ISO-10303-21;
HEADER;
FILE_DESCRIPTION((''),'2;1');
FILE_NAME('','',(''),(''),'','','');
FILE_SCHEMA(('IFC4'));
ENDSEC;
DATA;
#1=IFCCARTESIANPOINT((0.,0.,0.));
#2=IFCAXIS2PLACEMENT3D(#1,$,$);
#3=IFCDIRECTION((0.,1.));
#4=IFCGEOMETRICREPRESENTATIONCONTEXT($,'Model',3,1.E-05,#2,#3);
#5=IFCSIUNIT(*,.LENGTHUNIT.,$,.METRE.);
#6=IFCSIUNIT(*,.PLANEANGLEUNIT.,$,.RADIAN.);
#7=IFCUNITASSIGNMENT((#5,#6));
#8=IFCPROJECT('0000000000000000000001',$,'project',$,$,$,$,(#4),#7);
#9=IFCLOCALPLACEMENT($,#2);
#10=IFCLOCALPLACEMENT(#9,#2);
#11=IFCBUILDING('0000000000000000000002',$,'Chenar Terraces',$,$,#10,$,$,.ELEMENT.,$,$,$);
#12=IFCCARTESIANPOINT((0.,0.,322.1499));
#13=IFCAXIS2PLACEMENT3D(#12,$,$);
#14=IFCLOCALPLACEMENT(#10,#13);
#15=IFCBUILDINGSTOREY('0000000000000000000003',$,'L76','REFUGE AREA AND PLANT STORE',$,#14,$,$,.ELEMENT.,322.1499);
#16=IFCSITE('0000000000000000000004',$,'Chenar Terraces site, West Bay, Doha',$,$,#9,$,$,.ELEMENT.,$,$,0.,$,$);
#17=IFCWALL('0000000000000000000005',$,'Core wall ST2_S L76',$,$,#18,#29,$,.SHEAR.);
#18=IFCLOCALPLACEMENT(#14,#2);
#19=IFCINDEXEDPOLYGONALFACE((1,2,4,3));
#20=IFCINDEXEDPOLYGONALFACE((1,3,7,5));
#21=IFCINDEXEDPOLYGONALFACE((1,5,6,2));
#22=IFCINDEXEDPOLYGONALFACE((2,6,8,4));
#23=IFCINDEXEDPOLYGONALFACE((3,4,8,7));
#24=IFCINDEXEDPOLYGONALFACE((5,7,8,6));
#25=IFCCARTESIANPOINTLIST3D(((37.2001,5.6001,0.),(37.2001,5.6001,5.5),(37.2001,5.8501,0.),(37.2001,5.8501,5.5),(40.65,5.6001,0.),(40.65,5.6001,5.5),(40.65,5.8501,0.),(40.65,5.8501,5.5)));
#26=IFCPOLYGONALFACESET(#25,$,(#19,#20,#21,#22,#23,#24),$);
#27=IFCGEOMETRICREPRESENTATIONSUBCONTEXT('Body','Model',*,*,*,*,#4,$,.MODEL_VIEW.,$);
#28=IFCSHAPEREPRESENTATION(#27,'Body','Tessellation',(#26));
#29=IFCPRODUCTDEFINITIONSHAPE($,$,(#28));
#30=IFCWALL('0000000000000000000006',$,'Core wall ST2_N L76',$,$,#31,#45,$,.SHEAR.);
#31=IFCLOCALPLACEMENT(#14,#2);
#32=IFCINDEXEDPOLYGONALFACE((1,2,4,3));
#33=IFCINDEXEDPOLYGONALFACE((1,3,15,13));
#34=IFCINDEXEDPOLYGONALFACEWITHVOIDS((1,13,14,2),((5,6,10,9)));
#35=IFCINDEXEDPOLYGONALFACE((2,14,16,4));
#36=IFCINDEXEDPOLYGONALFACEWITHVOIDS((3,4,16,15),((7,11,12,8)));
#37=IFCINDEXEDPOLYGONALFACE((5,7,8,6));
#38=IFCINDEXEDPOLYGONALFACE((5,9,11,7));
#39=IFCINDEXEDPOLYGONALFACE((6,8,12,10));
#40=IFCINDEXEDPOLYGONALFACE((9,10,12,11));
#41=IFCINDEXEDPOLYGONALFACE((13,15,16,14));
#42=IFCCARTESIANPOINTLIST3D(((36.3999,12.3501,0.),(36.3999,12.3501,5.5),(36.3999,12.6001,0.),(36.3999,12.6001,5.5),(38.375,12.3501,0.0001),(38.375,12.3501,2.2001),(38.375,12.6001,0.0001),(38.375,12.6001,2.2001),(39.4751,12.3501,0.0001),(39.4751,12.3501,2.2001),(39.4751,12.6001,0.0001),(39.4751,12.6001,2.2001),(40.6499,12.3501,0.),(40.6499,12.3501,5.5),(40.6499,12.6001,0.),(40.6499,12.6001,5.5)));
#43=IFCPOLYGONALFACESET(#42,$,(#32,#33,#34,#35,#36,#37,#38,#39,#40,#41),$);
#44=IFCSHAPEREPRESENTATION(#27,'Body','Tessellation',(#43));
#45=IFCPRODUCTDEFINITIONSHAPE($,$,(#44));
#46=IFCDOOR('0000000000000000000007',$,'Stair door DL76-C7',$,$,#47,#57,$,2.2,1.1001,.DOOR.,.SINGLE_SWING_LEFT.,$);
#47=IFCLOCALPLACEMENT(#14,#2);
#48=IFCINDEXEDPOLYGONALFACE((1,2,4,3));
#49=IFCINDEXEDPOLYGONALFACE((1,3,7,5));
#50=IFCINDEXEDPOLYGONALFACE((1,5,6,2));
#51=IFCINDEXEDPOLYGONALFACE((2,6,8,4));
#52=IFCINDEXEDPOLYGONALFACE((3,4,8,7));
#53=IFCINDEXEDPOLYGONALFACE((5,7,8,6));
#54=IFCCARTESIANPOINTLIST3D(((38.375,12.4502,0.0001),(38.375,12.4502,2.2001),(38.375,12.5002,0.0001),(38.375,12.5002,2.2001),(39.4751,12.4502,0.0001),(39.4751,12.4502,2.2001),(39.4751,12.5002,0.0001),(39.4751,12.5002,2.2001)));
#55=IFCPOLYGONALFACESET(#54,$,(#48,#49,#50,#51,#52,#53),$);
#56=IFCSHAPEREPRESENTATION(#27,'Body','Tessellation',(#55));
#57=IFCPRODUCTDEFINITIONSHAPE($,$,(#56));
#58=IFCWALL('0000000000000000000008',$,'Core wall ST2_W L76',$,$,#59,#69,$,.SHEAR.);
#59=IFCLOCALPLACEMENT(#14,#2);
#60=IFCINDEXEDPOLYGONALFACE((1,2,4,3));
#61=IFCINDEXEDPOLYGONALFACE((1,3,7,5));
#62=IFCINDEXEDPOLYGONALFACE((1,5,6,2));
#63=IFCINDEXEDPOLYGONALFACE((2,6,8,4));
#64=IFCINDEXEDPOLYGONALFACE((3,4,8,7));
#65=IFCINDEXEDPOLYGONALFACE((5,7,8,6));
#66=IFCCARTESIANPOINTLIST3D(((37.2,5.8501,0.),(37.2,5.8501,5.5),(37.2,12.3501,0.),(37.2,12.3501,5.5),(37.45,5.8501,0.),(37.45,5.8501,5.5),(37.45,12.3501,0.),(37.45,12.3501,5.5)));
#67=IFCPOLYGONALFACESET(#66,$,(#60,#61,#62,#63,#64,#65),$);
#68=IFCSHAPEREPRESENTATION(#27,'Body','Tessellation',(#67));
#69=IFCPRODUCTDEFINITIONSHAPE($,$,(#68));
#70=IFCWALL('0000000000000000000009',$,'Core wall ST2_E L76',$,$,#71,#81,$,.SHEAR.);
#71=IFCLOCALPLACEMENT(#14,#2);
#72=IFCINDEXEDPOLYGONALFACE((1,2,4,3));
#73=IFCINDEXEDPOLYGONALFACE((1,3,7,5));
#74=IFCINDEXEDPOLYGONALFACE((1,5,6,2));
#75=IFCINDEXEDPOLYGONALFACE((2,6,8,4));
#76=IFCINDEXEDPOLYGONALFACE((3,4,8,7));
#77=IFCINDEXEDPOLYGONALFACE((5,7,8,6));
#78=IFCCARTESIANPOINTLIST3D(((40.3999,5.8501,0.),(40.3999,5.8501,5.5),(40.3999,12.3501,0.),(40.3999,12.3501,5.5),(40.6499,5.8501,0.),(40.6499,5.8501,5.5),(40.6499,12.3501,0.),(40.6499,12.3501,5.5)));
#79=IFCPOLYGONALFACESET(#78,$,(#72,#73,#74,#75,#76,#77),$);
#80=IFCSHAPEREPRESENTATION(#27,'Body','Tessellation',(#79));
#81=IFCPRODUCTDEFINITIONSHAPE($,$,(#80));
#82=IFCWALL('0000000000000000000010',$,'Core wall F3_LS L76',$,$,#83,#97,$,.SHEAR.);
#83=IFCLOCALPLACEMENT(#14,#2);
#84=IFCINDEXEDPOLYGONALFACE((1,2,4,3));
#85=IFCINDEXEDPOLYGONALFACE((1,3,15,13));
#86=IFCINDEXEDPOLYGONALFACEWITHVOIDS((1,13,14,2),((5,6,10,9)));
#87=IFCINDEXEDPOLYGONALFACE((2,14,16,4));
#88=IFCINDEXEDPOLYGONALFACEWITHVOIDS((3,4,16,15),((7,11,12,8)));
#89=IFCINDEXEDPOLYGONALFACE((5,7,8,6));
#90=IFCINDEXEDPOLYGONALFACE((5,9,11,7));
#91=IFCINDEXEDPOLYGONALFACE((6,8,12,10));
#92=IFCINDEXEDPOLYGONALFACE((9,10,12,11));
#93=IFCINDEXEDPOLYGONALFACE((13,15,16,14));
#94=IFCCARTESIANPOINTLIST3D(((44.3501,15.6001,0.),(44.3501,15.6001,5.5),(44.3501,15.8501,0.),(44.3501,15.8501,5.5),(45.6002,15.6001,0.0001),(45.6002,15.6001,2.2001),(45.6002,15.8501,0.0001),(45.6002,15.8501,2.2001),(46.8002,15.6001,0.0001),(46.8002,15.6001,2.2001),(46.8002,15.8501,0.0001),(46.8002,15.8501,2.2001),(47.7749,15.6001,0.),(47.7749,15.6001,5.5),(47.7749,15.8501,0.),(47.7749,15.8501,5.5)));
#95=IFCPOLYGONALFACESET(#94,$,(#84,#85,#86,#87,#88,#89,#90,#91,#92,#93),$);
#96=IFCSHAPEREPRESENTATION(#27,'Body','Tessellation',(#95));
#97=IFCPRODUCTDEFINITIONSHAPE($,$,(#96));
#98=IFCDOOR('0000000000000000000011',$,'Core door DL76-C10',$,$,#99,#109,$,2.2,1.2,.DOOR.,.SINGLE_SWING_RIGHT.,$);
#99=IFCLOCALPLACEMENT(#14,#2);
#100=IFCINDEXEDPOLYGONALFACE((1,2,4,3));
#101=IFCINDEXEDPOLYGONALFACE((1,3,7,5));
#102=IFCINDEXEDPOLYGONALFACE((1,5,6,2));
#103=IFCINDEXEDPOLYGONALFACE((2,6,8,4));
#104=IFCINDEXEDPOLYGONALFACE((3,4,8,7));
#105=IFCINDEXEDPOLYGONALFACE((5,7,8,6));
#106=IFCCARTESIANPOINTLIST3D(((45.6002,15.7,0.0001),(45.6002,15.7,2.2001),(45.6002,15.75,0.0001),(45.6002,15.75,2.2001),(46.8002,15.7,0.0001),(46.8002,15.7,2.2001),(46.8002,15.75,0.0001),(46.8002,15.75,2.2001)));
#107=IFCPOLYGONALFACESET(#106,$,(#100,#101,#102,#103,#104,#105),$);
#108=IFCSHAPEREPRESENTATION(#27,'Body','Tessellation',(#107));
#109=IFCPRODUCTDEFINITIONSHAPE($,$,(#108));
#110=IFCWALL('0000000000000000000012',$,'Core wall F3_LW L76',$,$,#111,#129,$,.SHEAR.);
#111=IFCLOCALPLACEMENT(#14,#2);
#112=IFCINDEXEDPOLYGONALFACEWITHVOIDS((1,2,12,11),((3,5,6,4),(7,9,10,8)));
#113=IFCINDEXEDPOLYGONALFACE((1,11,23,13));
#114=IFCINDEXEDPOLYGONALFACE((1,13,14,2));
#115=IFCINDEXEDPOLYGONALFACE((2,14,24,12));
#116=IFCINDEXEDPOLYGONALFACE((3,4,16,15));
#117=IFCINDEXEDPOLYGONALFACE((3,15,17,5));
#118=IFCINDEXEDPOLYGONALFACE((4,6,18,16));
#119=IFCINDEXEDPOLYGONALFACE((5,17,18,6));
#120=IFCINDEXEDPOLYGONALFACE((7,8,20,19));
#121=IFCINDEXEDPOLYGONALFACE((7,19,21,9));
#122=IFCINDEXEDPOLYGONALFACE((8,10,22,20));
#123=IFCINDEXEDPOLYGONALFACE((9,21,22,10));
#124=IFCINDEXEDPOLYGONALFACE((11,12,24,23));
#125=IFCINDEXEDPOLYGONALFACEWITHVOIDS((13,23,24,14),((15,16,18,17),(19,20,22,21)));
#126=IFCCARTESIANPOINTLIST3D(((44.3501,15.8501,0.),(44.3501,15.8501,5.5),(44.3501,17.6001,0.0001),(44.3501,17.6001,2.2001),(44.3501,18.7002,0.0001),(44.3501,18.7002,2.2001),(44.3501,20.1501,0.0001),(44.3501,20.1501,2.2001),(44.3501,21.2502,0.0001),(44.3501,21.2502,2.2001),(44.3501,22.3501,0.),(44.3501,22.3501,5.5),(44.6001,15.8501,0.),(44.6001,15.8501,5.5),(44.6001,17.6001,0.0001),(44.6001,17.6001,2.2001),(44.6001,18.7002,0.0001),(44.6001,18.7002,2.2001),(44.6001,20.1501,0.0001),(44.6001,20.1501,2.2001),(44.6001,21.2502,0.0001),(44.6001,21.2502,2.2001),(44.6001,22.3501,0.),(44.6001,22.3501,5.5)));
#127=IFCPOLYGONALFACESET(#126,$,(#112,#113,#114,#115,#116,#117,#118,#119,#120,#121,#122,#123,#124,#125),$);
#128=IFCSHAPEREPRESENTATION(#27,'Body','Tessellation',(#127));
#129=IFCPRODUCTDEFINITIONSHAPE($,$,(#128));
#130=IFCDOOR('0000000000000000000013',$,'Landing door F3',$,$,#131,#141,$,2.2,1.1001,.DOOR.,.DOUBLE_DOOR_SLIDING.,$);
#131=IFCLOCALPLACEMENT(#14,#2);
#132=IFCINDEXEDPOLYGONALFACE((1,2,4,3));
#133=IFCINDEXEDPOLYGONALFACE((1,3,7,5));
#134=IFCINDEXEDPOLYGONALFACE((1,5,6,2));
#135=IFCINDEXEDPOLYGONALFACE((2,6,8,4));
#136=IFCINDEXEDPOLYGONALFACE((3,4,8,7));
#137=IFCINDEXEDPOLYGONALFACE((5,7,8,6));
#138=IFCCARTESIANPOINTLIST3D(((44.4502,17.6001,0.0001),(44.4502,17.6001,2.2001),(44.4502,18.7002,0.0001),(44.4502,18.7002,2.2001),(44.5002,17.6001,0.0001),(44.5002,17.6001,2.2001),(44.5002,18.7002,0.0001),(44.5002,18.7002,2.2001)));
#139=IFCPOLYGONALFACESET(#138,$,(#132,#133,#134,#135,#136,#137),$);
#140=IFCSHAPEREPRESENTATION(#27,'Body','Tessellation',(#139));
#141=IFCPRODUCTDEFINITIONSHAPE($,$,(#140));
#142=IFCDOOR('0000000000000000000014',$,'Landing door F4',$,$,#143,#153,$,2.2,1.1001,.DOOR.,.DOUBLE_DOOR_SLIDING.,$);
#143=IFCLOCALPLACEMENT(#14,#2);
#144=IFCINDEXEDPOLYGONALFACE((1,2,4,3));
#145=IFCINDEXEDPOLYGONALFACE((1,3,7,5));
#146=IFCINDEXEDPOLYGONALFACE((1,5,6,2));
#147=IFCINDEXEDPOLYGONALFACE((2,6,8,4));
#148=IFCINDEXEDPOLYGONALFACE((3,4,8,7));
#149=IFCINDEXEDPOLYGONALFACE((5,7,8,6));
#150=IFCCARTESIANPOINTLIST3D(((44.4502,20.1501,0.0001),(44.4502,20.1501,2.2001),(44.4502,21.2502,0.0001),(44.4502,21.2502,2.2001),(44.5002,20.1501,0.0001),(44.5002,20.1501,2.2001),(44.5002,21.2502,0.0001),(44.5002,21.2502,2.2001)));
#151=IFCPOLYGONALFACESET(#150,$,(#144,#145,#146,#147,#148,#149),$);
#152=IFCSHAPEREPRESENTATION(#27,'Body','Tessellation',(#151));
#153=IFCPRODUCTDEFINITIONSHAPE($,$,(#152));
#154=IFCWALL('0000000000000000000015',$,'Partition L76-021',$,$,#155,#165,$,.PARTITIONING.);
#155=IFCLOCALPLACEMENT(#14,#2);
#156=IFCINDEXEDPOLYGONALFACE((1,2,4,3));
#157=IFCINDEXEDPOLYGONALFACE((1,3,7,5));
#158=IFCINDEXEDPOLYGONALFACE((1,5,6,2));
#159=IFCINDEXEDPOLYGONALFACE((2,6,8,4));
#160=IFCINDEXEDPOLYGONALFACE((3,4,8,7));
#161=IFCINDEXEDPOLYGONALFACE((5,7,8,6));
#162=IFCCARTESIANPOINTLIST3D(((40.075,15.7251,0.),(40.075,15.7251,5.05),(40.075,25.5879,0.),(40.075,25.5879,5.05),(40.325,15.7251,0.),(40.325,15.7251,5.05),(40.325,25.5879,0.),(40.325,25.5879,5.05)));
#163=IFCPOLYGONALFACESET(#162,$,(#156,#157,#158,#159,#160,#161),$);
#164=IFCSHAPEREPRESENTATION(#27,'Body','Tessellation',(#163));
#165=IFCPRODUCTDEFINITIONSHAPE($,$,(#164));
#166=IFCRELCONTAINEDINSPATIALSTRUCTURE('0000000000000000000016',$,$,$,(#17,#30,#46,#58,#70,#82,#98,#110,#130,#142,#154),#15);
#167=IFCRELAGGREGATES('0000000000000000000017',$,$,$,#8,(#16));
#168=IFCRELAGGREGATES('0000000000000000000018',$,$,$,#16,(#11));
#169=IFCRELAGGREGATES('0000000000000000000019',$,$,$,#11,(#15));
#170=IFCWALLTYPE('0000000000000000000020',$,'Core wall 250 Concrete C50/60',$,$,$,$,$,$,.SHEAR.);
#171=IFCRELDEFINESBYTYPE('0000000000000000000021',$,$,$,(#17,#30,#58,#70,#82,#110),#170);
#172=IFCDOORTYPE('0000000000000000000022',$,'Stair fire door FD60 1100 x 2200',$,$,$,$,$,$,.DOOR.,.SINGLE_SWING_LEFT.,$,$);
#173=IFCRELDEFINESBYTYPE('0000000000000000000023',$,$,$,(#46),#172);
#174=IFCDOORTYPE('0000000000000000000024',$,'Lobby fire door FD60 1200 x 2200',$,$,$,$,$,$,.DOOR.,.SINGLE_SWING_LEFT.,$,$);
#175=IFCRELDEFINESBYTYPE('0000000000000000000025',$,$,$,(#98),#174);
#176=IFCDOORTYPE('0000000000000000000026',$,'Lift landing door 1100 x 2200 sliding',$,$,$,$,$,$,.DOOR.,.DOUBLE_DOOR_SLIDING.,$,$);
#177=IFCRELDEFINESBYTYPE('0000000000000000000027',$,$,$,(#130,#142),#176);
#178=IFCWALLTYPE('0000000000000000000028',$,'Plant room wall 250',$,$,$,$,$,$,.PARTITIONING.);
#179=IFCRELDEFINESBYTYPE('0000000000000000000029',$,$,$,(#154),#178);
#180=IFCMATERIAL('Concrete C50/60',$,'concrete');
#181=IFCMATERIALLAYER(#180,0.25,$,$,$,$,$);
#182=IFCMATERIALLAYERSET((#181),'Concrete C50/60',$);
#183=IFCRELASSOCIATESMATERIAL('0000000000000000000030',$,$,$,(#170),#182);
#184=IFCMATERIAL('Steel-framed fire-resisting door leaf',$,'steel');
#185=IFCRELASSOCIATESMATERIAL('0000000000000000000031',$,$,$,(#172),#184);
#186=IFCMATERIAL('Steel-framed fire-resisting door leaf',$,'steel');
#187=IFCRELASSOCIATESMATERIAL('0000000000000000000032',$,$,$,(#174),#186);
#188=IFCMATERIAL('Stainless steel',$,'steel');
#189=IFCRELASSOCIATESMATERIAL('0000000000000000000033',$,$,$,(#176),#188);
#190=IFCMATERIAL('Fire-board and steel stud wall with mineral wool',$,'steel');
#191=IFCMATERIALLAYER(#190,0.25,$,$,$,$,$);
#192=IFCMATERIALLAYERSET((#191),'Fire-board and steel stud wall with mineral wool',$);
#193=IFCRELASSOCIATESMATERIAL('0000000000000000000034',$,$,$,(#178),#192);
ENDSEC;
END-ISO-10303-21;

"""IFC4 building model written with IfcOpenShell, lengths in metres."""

from ifc_helpers import new_model, si_unit, direction, frame, frame_2d, origin, place, context, subcontext, project, spatial, rectangle, extrude, material, layer, layer_set, type_object, element, fill, save


model = new_model("IFC4")

# Units and contexts
model_context = context("Model", 3, precision=1e-05, world=origin(), true_north=direction((0.0, 1.0)))
body_context = subcontext(model_context, "Body", "Model", "MODEL_VIEW")
ifc_project = project(units=[si_unit("LENGTHUNIT", "METRE"), si_unit("PLANEANGLEUNIT", "RADIAN")], contexts=[model_context])

# Site, building, storey
site_placement = place(None, origin())
site = spatial("IfcSite", under=ifc_project, at=site_placement, Name="Chenar Terraces site, West Bay, Doha", CompositionType="ELEMENT", RefElevation=0.0)
building_placement = place(site_placement, origin())
building = spatial("IfcBuilding", under=site, at=building_placement, Name="Chenar Terraces", CompositionType="ELEMENT")
storey_placement = place(building_placement, frame((0.0, 0.0, 322.1499)))
storey = spatial("IfcBuildingStorey", under=building, at=storey_placement, Name="L76", Description="REFUGE AREA AND PLANT STORE", CompositionType="ELEMENT", Elevation=322.1499)

# Wall
ifc_material_1 = material(Name="Concrete C50/60", Category="concrete")
ifc_layer_1 = layer(ifc_material_1, 0.25)
ifc_layer_set_1 = layer_set([ifc_layer_1], Name="Concrete C50/60")
wall_type_1 = type_object("IfcWallType", Name="Core wall 250 Concrete C50/60", PredefinedType="SHEAR", material=ifc_layer_set_1)
wall_1_placement = place(storey_placement, frame((37.2, 5.7251, 0.0), z_axis=(0.0, 0.0, 1.0), x_axis=(1.0, 0.0, 0.0)))
element("IfcWall", 1, at=wall_1_placement, inside=storey, type_object=wall_type_1, Name="Core wall ST2_S L76", PredefinedType="SHEAR", context=body_context, shape_type="SweptSolid", body=[
    extrude(rectangle(XDim=3.45, YDim=0.25, at=frame_2d((1.7251, 0.0))), origin(), (0.0, 0.0, 1.0), 5.5),
])

# Wall, opening, door
wall_2_placement = place(storey_placement, frame((36.3999, 12.4751, 0.0), z_axis=(0.0, 0.0, 1.0), x_axis=(1.0, 0.0, 0.0)))
wall_2 = element("IfcWall", 2, at=wall_2_placement, inside=storey, type_object=wall_type_1, Name="Core wall ST2_N L76", PredefinedType="SHEAR", context=body_context, shape_type="SweptSolid", body=[
    extrude(rectangle(XDim=4.25, YDim=0.25, at=frame_2d((2.125, 0.0))), origin(), (0.0, 0.0, 1.0), 5.5),
])
opening_1_placement = place(wall_2_placement, frame((1.9751, 0.0, 0.0)))
opening_1 = element("IfcOpeningElement", 3, at=opening_1_placement, cuts=wall_2, PredefinedType="OPENING", context=body_context, shape_type="SweptSolid", body=[
    extrude(rectangle(XDim=1.1001, YDim=2.2, at=frame_2d((0.55, 1.1001))), frame((0.0, 0.135, 0.0), z_axis=(0.0, -1.0, 0.0), x_axis=(1.0, 0.0, 0.0)), (0.0, 0.0, 1.0), 0.27),
])
ifc_material_2 = material(Name="Steel-framed fire-resisting door leaf", Category="steel")
door_type_1 = type_object("IfcDoorType", Name="Stair fire door FD60 1100 x 2200", OperationType="SINGLE_SWING_LEFT", PredefinedType="DOOR", material=ifc_material_2)
door_1_placement = place(opening_1_placement, frame((1.1001, 0.0, 0.0), z_axis=(0.0, 0.0, 1.0), x_axis=(-1.0, 0.0, 0.0)))
door_1 = element("IfcDoor", 4, at=door_1_placement, inside=storey, type_object=door_type_1, Name="Stair door DL76-C7", OperationType="SINGLE_SWING_LEFT", OverallHeight=2.2, OverallWidth=1.1001, PredefinedType="DOOR", context=body_context, shape_type="SweptSolid", body=[
    extrude(rectangle(XDim=1.1001, YDim=2.2, at=frame_2d((0.55, 1.1001))), frame((0.0, 0.0249, 0.0), z_axis=(0.0, -1.0, 0.0), x_axis=(1.0, 0.0, 0.0)), (0.0, 0.0, 1.0), 0.05),
])
fill(opening_1, door_1)

# Walls
for number, where, z_axis, x_axis, name in (
    (5, (37.325, 5.8501, 0.0), (0.0, 0.0, 1.0), (0.0, 1.0, 0.0), "Core wall ST2_W L76"),
    (6, (40.5249, 5.8501, 0.0), (0.0, 0.0, 1.0), (0.0, 1.0, 0.0), "Core wall ST2_E L76"),
):
    element("IfcWall", number, at=place(storey_placement, frame(where, z_axis=z_axis, x_axis=x_axis)), inside=storey, type_object=wall_type_1, Name=name, PredefinedType="SHEAR", context=body_context, shape_type="SweptSolid", body=[
        extrude(rectangle(XDim=6.5, YDim=0.25, at=frame_2d((3.25, 0.0))), origin(), (0.0, 0.0, 1.0), 5.5),
    ])

# Wall, opening, door
wall_3_placement = place(storey_placement, frame((44.3501, 15.7251, 0.0), z_axis=(0.0, 0.0, 1.0), x_axis=(1.0, 0.0, 0.0)))
wall_3 = element("IfcWall", 7, at=wall_3_placement, inside=storey, type_object=wall_type_1, Name="Core wall F3_LS L76", PredefinedType="SHEAR", context=body_context, shape_type="SweptSolid", body=[
    extrude(rectangle(XDim=3.4248, YDim=0.25, at=frame_2d((1.7124, 0.0))), origin(), (0.0, 0.0, 1.0), 5.5),
])
opening_2_placement = place(wall_3_placement, frame((1.25, 0.0, 0.0)))
opening_2 = element("IfcOpeningElement", 8, at=opening_2_placement, cuts=wall_3, PredefinedType="OPENING", context=body_context, shape_type="SweptSolid", body=[
    extrude(rectangle(XDim=1.2, YDim=2.2, at=frame_2d((0.6001, 1.1001))), frame((0.0, 0.135, 0.0), z_axis=(0.0, -1.0, 0.0), x_axis=(1.0, 0.0, 0.0)), (0.0, 0.0, 1.0), 0.27),
])
ifc_material_3 = material(Name="Steel-framed fire-resisting door leaf", Category="steel")
door_type_2 = type_object("IfcDoorType", Name="Lobby fire door FD60 1200 x 2200", OperationType="SINGLE_SWING_LEFT", PredefinedType="DOOR", material=ifc_material_3)
door_2_placement = place(opening_2_placement, origin())
door_2 = element("IfcDoor", 9, at=door_2_placement, inside=storey, type_object=door_type_2, Name="Core door DL76-C10", OperationType="SINGLE_SWING_RIGHT", OverallHeight=2.2, OverallWidth=1.2, PredefinedType="DOOR", context=body_context, shape_type="SweptSolid", body=[
    extrude(rectangle(XDim=1.2, YDim=2.2, at=frame_2d((0.6001, 1.1001))), frame((0.0, 0.0249, 0.0), z_axis=(0.0, -1.0, 0.0), x_axis=(1.0, 0.0, 0.0)), (0.0, 0.0, 1.0), 0.05),
])
fill(opening_2, door_2)

# Wall, openings, doors
wall_4_placement = place(storey_placement, frame((44.4751, 15.8501, 0.0), z_axis=(0.0, 0.0, 1.0), x_axis=(0.0, 1.0, 0.0)))
wall_4 = element("IfcWall", 10, at=wall_4_placement, inside=storey, type_object=wall_type_1, Name="Core wall F3_LW L76", PredefinedType="SHEAR", context=body_context, shape_type="SweptSolid", body=[
    extrude(rectangle(XDim=6.5, YDim=0.25, at=frame_2d((3.25, 0.0))), origin(), (0.0, 0.0, 1.0), 5.5),
])
opening_3_placement = place(wall_4_placement, frame((1.75, 0.0, 0.0)))
opening_3 = element("IfcOpeningElement", 11, at=opening_3_placement, cuts=wall_4, PredefinedType="OPENING", context=body_context, shape_type="SweptSolid", body=[
    extrude(rectangle(XDim=1.1001, YDim=2.2, at=frame_2d((0.55, 1.1001))), frame((0.0, 0.135, 0.0), z_axis=(0.0, -1.0, 0.0), x_axis=(1.0, 0.0, 0.0)), (0.0, 0.0, 1.0), 0.27),
])
opening_4_placement = place(wall_4_placement, frame((4.3, 0.0, 0.0)))
opening_4 = element("IfcOpeningElement", 12, at=opening_4_placement, cuts=wall_4, PredefinedType="OPENING", context=body_context, shape_type="SweptSolid", body=[
    extrude(rectangle(XDim=1.1001, YDim=2.2, at=frame_2d((0.55, 1.1001))), frame((0.0, 0.135, 0.0), z_axis=(0.0, -1.0, 0.0), x_axis=(1.0, 0.0, 0.0)), (0.0, 0.0, 1.0), 0.27),
])
ifc_material_4 = material(Name="Stainless steel", Category="steel")
door_type_3 = type_object("IfcDoorType", Name="Lift landing door 1100 x 2200 sliding", OperationType="DOUBLE_DOOR_SLIDING", PredefinedType="DOOR", material=ifc_material_4)
door_3_placement = place(opening_3_placement, origin())
door_3 = element("IfcDoor", 13, at=door_3_placement, inside=storey, type_object=door_type_3, Name="Landing door F3", OperationType="DOUBLE_DOOR_SLIDING", OverallHeight=2.2, OverallWidth=1.1001, PredefinedType="DOOR", context=body_context, shape_type="SweptSolid", body=[
    extrude(rectangle(XDim=1.1001, YDim=2.2, at=frame_2d((0.55, 1.1001))), frame((0.0, 0.0249, 0.0), z_axis=(0.0, -1.0, 0.0), x_axis=(1.0, 0.0, 0.0)), (0.0, 0.0, 1.0), 0.05),
])
fill(opening_3, door_3)
door_4_placement = place(opening_4_placement, origin())
door_4 = element("IfcDoor", 14, at=door_4_placement, inside=storey, type_object=door_type_3, Name="Landing door F4", OperationType="DOUBLE_DOOR_SLIDING", OverallHeight=2.2, OverallWidth=1.1001, PredefinedType="DOOR", context=body_context, shape_type="SweptSolid", body=[
    extrude(rectangle(XDim=1.1001, YDim=2.2, at=frame_2d((0.55, 1.1001))), frame((0.0, 0.0249, 0.0), z_axis=(0.0, -1.0, 0.0), x_axis=(1.0, 0.0, 0.0)), (0.0, 0.0, 1.0), 0.05),
])
fill(opening_4, door_4)

# Wall
ifc_material_5 = material(Name="Fire-board and steel stud wall with mineral wool", Category="steel")
ifc_layer_2 = layer(ifc_material_5, 0.25)
ifc_layer_set_2 = layer_set([ifc_layer_2], Name="Fire-board and steel stud wall with mineral wool")
wall_type_2 = type_object("IfcWallType", Name="Plant room wall 250", PredefinedType="PARTITIONING", material=ifc_layer_set_2)
wall_5_placement = place(storey_placement, frame((40.2, 15.7251, 0.0), z_axis=(0.0, 0.0, 1.0), x_axis=(0.0, 1.0, 0.0)))
element("IfcWall", 15, at=wall_5_placement, inside=storey, type_object=wall_type_2, Name="Partition L76-021", PredefinedType="PARTITIONING", context=body_context, shape_type="SweptSolid", body=[
    extrude(rectangle(XDim=9.8628, YDim=0.25, at=frame_2d((4.9314, 0.0))), origin(), (0.0, 0.0, 1.0), 5.05),
])

save(model, "model.ifc")
